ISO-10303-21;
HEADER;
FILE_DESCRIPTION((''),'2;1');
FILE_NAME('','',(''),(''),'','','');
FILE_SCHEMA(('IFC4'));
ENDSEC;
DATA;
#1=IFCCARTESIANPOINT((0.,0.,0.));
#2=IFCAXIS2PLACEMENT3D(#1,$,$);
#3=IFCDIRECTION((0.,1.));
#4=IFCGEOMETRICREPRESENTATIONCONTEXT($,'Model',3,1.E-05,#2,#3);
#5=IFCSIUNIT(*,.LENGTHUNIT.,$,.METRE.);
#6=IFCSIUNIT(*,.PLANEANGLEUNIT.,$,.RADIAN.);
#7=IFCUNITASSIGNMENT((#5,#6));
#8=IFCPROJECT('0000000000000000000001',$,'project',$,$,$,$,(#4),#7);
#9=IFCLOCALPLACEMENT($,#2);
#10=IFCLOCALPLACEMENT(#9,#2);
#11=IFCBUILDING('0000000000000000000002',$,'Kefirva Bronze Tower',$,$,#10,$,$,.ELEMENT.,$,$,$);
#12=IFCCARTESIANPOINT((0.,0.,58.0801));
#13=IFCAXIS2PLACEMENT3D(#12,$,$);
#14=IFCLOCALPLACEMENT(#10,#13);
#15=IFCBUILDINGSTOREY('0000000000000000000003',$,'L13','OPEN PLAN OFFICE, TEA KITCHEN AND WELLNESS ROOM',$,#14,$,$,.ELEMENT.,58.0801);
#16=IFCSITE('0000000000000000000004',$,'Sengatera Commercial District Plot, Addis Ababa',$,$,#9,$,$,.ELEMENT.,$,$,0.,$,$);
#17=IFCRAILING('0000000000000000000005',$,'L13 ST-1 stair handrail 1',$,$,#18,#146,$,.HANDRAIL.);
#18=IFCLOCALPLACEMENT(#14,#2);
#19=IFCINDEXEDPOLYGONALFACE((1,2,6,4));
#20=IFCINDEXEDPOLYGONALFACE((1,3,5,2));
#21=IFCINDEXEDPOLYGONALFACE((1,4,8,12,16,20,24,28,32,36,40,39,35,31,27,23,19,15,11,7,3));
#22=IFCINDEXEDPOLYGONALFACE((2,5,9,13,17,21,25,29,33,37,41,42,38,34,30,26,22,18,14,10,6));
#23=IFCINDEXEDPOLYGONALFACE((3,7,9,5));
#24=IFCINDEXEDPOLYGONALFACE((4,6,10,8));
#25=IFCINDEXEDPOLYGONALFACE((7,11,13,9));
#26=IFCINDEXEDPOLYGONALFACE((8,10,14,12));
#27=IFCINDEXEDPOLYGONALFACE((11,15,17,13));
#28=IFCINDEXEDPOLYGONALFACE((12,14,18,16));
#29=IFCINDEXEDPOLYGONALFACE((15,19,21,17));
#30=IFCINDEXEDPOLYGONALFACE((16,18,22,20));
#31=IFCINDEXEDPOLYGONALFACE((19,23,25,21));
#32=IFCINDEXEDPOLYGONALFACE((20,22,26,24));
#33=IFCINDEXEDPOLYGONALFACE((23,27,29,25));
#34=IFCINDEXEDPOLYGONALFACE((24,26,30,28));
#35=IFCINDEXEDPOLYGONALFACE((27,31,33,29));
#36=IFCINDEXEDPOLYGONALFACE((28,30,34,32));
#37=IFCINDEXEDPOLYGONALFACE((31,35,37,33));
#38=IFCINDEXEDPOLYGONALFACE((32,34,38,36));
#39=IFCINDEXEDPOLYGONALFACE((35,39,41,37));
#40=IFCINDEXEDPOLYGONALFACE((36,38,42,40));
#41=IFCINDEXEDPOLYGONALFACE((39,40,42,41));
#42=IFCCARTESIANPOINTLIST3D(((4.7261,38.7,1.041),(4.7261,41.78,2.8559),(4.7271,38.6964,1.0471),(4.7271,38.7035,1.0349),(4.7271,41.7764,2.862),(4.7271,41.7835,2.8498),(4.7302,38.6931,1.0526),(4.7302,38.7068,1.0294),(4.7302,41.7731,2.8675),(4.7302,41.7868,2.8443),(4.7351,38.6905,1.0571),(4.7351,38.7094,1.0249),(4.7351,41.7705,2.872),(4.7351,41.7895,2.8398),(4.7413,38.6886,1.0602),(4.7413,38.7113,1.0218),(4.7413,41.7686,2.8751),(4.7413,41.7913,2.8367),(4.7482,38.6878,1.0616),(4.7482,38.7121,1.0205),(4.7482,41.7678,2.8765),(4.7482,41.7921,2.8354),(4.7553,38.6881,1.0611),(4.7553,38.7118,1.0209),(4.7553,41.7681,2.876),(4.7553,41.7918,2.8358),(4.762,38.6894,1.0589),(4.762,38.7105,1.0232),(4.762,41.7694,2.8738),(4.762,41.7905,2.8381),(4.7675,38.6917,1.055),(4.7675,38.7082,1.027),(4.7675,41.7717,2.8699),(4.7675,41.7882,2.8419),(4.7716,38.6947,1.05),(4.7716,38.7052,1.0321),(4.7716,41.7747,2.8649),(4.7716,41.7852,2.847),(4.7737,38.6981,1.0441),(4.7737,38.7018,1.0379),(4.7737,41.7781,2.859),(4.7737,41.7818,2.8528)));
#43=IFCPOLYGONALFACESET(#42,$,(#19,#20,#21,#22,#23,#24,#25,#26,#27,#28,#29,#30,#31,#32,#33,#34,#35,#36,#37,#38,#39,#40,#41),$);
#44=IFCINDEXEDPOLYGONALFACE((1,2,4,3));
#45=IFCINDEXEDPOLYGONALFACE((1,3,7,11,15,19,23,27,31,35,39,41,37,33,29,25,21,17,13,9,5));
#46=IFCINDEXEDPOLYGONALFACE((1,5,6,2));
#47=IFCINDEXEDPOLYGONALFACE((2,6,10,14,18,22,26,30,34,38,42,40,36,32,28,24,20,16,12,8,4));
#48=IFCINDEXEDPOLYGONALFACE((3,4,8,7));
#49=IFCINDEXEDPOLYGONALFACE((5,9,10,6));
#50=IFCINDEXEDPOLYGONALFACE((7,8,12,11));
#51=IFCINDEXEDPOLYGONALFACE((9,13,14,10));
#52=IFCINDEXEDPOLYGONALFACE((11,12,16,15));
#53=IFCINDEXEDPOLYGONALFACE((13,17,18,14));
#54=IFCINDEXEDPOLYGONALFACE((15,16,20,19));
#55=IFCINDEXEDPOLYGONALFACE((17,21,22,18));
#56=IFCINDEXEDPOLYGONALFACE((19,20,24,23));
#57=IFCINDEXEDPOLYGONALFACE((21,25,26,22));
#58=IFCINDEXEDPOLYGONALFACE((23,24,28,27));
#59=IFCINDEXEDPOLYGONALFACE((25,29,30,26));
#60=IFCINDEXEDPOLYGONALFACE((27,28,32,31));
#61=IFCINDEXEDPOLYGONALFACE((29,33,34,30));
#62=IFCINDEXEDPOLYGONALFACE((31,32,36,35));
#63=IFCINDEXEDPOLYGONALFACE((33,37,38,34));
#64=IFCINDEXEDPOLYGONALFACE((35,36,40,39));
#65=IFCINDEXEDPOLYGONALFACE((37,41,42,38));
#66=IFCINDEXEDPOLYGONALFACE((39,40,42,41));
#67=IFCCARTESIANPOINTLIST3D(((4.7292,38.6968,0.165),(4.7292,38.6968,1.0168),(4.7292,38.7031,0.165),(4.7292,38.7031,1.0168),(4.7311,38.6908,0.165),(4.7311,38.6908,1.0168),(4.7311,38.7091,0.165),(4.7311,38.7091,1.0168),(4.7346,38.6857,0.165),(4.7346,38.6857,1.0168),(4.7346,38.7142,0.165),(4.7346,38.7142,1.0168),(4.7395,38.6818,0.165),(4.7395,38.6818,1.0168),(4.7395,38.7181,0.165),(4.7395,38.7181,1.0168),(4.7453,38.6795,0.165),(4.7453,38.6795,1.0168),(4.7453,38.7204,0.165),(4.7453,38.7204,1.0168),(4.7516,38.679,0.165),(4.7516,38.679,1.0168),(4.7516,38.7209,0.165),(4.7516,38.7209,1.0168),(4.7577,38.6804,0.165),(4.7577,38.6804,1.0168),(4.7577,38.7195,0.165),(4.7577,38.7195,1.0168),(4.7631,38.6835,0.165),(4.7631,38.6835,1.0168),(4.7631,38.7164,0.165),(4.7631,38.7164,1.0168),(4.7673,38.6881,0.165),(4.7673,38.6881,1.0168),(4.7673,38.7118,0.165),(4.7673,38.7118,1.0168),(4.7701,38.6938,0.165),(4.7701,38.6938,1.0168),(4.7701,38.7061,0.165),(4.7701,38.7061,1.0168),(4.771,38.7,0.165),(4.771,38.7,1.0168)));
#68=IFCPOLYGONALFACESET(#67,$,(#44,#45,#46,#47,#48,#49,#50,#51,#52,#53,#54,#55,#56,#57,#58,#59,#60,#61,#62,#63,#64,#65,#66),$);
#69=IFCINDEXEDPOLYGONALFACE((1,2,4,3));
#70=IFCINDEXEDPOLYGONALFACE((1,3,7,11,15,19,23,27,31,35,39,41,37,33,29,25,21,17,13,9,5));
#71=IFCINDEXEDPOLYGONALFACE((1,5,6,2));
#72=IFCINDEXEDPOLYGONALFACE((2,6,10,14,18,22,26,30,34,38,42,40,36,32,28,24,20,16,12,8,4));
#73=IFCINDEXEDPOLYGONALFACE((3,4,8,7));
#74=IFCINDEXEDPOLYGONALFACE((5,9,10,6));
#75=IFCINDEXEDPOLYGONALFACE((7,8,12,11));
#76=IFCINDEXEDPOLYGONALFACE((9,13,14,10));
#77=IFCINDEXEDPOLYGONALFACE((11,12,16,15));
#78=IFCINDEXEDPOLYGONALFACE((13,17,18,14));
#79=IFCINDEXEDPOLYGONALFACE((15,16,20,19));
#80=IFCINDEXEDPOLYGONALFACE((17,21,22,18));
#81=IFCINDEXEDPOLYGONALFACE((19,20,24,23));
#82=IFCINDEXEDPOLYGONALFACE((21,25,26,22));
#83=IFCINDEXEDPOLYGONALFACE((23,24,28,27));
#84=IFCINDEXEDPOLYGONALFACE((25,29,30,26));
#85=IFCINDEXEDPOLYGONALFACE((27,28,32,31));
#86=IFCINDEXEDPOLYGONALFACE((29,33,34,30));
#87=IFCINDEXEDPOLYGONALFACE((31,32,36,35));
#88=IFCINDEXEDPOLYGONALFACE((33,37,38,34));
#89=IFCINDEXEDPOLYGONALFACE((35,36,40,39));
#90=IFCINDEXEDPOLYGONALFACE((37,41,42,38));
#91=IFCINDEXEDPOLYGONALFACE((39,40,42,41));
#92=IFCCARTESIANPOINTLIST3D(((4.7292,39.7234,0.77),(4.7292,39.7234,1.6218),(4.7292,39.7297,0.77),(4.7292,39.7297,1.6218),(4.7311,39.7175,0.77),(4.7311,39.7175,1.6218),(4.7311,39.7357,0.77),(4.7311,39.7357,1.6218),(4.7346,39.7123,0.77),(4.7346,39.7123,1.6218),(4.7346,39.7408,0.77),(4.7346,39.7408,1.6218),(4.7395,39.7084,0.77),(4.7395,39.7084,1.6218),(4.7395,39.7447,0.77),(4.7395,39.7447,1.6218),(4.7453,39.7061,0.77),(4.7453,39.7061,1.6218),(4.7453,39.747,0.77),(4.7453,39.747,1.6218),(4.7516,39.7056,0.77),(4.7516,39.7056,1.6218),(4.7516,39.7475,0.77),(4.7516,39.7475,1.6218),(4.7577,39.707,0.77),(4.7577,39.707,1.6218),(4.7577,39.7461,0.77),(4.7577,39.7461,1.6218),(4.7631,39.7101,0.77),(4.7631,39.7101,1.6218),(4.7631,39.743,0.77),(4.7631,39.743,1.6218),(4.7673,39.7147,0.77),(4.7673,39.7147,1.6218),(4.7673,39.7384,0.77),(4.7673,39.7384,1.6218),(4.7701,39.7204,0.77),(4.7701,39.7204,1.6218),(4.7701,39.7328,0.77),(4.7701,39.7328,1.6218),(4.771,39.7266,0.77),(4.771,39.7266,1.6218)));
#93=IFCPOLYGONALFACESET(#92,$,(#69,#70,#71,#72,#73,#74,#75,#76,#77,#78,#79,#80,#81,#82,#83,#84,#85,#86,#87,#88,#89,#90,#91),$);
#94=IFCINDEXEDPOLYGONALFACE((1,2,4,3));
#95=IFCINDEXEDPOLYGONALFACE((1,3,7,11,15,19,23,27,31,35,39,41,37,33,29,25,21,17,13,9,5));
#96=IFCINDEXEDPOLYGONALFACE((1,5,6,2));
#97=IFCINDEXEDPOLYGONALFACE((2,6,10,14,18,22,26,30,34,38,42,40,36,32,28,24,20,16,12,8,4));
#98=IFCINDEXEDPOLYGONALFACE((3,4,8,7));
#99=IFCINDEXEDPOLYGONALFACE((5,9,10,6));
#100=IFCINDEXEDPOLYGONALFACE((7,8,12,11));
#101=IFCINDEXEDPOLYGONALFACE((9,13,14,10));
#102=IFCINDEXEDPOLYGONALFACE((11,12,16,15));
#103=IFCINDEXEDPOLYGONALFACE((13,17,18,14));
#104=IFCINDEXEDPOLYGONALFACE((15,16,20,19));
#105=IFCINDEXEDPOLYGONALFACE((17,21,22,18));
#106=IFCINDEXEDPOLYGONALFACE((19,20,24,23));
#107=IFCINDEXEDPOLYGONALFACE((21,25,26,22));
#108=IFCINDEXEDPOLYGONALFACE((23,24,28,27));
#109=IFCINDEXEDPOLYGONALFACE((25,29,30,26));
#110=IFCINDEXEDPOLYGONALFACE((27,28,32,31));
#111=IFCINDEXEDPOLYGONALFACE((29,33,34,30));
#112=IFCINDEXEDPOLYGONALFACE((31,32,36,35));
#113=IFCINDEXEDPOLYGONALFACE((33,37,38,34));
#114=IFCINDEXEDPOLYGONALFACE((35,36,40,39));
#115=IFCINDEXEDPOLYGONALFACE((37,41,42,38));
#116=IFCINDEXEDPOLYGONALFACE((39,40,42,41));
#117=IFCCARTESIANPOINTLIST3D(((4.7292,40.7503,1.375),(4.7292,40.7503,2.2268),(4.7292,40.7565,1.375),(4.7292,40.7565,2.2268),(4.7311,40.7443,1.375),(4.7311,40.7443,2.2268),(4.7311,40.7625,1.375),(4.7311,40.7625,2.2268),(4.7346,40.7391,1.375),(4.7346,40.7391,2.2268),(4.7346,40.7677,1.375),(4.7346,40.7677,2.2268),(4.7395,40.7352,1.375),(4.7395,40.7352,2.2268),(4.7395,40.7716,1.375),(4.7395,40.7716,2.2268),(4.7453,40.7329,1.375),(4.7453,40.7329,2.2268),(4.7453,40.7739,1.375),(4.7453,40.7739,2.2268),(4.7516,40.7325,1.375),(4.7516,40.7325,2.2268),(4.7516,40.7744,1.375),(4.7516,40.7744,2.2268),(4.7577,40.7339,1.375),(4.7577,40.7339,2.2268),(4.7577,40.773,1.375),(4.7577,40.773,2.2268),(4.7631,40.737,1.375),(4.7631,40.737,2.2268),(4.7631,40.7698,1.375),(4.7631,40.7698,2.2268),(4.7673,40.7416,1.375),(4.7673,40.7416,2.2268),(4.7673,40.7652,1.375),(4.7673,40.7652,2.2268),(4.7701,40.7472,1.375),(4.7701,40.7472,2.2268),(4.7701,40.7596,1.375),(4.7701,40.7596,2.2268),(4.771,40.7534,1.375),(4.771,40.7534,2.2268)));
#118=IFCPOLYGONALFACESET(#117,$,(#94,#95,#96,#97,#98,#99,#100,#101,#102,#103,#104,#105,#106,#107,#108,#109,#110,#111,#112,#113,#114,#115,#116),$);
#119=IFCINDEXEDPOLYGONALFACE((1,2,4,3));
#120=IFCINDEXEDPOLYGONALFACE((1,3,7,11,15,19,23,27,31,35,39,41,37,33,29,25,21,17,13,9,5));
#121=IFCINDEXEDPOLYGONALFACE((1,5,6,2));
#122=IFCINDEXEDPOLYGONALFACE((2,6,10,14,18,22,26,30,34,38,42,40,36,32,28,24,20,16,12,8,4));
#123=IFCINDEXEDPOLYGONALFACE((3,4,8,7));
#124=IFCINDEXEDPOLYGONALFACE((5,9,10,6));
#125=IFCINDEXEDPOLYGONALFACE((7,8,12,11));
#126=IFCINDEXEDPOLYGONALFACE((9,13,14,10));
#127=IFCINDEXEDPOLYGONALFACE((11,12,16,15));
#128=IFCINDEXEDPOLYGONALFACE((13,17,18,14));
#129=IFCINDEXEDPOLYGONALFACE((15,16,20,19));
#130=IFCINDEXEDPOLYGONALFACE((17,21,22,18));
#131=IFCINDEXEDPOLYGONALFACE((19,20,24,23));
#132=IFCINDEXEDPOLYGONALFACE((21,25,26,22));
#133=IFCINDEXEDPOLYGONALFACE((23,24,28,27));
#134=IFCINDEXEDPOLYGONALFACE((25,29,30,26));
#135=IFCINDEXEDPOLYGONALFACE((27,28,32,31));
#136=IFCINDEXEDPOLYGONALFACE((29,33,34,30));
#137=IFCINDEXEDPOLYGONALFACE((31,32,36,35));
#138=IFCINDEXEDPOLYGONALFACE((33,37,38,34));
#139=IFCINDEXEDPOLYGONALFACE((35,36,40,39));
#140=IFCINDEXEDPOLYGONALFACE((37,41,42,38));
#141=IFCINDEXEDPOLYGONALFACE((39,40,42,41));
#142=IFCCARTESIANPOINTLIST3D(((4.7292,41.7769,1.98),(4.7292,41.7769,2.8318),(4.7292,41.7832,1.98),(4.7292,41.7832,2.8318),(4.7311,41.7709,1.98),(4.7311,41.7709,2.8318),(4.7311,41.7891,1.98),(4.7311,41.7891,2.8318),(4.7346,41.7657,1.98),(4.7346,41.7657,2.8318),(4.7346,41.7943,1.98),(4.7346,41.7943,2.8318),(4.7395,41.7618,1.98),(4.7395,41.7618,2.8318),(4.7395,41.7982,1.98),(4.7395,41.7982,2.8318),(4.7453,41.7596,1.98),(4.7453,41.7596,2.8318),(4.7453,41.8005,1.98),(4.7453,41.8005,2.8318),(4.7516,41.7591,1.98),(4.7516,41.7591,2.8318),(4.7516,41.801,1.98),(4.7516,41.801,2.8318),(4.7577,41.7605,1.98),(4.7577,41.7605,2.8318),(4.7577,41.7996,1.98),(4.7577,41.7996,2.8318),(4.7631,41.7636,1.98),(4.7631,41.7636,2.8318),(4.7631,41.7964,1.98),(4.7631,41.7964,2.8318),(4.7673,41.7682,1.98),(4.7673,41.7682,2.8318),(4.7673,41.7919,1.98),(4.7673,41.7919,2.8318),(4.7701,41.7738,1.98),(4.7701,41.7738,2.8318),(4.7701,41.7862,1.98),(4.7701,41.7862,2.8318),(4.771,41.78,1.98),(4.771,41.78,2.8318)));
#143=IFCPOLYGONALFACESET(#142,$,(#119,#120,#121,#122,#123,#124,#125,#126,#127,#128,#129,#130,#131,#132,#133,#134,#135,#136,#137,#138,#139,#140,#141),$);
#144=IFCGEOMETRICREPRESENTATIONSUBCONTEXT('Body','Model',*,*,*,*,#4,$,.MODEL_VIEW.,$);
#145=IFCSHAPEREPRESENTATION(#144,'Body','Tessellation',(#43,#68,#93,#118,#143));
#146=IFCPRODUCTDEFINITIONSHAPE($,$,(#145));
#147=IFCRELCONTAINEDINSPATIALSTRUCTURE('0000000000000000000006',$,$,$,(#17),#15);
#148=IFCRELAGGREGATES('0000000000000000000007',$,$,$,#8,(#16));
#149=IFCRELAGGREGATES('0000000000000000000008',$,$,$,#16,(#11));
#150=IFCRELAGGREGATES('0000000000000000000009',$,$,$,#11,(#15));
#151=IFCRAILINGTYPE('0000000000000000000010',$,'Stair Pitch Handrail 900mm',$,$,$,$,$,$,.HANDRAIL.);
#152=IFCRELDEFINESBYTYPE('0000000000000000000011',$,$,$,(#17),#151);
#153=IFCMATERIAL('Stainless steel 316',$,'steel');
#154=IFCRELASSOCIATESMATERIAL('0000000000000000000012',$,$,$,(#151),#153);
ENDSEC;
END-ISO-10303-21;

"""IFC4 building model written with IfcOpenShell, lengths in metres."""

from ifc_helpers import new_model, si_unit, direction, frame, origin, origin_2d, place, context, subcontext, project, spatial, circle, extrude, material, type_object, element, save


model = new_model("IFC4")

# Units and contexts
model_context = context("Model", 3, precision=1e-05, world=origin(), true_north=direction((0.0, 1.0)))
body_context = subcontext(model_context, "Body", "Model", "MODEL_VIEW")
ifc_project = project(units=[si_unit("LENGTHUNIT", "METRE"), si_unit("PLANEANGLEUNIT", "RADIAN")], contexts=[model_context])

# Site, building, storey
site_placement = place(None, origin())
site = spatial("IfcSite", under=ifc_project, at=site_placement, Name="Sengatera Commercial District Plot, Addis Ababa", CompositionType="ELEMENT", RefElevation=0.0)
building_placement = place(site_placement, origin())
building = spatial("IfcBuilding", under=site, at=building_placement, Name="Kefirva Bronze Tower", CompositionType="ELEMENT")
storey_placement = place(building_placement, frame((0.0, 0.0, 58.0801)))
storey = spatial("IfcBuildingStorey", under=building, at=storey_placement, Name="L13", Description="OPEN PLAN OFFICE, TEA KITCHEN AND WELLNESS ROOM", CompositionType="ELEMENT", Elevation=58.0801)

# Shared definitions
ifc_material_1 = material(Name="Stainless steel 316", Category="steel")

# Railing
railing_type_1 = type_object("IfcRailingType", Name="Stair Pitch Handrail 900mm", PredefinedType="HANDRAIL", material=ifc_material_1)
railing_1_placement = place(storey_placement, frame((4.75, 38.7, 0.165)))
element("IfcRailing", 1, at=railing_1_placement, inside=storey, type_object=railing_type_1, Name="L13 ST-1 stair handrail 1", PredefinedType="HANDRAIL", context=body_context, shape_type="SweptSolid", body=[
    extrude(circle(Radius=0.0239, at=origin_2d()), frame((0.0, 0.0, 0.876), z_axis=(0.0, 0.861551, 0.507671), x_axis=(-1.0, 0.0, 0.0)), (0.0, 0.0, 1.0), 3.575),
    extrude(circle(Radius=0.021, at=origin_2d()), origin(), (0.0, 0.0, 1.0), 0.8518),
    extrude(circle(Radius=0.021, at=origin_2d()), frame((0.0, 1.0266, 0.605)), (0.0, 0.0, 1.0), 0.8518),
    extrude(circle(Radius=0.021, at=origin_2d()), frame((0.0, 2.0535, 1.21)), (0.0, 0.0, 1.0), 0.8518),
    extrude(circle(Radius=0.021, at=origin_2d()), frame((0.0, 3.0801, 1.8149)), (0.0, 0.0, 1.0), 0.8518),
])

save(model, "model.ifc")
